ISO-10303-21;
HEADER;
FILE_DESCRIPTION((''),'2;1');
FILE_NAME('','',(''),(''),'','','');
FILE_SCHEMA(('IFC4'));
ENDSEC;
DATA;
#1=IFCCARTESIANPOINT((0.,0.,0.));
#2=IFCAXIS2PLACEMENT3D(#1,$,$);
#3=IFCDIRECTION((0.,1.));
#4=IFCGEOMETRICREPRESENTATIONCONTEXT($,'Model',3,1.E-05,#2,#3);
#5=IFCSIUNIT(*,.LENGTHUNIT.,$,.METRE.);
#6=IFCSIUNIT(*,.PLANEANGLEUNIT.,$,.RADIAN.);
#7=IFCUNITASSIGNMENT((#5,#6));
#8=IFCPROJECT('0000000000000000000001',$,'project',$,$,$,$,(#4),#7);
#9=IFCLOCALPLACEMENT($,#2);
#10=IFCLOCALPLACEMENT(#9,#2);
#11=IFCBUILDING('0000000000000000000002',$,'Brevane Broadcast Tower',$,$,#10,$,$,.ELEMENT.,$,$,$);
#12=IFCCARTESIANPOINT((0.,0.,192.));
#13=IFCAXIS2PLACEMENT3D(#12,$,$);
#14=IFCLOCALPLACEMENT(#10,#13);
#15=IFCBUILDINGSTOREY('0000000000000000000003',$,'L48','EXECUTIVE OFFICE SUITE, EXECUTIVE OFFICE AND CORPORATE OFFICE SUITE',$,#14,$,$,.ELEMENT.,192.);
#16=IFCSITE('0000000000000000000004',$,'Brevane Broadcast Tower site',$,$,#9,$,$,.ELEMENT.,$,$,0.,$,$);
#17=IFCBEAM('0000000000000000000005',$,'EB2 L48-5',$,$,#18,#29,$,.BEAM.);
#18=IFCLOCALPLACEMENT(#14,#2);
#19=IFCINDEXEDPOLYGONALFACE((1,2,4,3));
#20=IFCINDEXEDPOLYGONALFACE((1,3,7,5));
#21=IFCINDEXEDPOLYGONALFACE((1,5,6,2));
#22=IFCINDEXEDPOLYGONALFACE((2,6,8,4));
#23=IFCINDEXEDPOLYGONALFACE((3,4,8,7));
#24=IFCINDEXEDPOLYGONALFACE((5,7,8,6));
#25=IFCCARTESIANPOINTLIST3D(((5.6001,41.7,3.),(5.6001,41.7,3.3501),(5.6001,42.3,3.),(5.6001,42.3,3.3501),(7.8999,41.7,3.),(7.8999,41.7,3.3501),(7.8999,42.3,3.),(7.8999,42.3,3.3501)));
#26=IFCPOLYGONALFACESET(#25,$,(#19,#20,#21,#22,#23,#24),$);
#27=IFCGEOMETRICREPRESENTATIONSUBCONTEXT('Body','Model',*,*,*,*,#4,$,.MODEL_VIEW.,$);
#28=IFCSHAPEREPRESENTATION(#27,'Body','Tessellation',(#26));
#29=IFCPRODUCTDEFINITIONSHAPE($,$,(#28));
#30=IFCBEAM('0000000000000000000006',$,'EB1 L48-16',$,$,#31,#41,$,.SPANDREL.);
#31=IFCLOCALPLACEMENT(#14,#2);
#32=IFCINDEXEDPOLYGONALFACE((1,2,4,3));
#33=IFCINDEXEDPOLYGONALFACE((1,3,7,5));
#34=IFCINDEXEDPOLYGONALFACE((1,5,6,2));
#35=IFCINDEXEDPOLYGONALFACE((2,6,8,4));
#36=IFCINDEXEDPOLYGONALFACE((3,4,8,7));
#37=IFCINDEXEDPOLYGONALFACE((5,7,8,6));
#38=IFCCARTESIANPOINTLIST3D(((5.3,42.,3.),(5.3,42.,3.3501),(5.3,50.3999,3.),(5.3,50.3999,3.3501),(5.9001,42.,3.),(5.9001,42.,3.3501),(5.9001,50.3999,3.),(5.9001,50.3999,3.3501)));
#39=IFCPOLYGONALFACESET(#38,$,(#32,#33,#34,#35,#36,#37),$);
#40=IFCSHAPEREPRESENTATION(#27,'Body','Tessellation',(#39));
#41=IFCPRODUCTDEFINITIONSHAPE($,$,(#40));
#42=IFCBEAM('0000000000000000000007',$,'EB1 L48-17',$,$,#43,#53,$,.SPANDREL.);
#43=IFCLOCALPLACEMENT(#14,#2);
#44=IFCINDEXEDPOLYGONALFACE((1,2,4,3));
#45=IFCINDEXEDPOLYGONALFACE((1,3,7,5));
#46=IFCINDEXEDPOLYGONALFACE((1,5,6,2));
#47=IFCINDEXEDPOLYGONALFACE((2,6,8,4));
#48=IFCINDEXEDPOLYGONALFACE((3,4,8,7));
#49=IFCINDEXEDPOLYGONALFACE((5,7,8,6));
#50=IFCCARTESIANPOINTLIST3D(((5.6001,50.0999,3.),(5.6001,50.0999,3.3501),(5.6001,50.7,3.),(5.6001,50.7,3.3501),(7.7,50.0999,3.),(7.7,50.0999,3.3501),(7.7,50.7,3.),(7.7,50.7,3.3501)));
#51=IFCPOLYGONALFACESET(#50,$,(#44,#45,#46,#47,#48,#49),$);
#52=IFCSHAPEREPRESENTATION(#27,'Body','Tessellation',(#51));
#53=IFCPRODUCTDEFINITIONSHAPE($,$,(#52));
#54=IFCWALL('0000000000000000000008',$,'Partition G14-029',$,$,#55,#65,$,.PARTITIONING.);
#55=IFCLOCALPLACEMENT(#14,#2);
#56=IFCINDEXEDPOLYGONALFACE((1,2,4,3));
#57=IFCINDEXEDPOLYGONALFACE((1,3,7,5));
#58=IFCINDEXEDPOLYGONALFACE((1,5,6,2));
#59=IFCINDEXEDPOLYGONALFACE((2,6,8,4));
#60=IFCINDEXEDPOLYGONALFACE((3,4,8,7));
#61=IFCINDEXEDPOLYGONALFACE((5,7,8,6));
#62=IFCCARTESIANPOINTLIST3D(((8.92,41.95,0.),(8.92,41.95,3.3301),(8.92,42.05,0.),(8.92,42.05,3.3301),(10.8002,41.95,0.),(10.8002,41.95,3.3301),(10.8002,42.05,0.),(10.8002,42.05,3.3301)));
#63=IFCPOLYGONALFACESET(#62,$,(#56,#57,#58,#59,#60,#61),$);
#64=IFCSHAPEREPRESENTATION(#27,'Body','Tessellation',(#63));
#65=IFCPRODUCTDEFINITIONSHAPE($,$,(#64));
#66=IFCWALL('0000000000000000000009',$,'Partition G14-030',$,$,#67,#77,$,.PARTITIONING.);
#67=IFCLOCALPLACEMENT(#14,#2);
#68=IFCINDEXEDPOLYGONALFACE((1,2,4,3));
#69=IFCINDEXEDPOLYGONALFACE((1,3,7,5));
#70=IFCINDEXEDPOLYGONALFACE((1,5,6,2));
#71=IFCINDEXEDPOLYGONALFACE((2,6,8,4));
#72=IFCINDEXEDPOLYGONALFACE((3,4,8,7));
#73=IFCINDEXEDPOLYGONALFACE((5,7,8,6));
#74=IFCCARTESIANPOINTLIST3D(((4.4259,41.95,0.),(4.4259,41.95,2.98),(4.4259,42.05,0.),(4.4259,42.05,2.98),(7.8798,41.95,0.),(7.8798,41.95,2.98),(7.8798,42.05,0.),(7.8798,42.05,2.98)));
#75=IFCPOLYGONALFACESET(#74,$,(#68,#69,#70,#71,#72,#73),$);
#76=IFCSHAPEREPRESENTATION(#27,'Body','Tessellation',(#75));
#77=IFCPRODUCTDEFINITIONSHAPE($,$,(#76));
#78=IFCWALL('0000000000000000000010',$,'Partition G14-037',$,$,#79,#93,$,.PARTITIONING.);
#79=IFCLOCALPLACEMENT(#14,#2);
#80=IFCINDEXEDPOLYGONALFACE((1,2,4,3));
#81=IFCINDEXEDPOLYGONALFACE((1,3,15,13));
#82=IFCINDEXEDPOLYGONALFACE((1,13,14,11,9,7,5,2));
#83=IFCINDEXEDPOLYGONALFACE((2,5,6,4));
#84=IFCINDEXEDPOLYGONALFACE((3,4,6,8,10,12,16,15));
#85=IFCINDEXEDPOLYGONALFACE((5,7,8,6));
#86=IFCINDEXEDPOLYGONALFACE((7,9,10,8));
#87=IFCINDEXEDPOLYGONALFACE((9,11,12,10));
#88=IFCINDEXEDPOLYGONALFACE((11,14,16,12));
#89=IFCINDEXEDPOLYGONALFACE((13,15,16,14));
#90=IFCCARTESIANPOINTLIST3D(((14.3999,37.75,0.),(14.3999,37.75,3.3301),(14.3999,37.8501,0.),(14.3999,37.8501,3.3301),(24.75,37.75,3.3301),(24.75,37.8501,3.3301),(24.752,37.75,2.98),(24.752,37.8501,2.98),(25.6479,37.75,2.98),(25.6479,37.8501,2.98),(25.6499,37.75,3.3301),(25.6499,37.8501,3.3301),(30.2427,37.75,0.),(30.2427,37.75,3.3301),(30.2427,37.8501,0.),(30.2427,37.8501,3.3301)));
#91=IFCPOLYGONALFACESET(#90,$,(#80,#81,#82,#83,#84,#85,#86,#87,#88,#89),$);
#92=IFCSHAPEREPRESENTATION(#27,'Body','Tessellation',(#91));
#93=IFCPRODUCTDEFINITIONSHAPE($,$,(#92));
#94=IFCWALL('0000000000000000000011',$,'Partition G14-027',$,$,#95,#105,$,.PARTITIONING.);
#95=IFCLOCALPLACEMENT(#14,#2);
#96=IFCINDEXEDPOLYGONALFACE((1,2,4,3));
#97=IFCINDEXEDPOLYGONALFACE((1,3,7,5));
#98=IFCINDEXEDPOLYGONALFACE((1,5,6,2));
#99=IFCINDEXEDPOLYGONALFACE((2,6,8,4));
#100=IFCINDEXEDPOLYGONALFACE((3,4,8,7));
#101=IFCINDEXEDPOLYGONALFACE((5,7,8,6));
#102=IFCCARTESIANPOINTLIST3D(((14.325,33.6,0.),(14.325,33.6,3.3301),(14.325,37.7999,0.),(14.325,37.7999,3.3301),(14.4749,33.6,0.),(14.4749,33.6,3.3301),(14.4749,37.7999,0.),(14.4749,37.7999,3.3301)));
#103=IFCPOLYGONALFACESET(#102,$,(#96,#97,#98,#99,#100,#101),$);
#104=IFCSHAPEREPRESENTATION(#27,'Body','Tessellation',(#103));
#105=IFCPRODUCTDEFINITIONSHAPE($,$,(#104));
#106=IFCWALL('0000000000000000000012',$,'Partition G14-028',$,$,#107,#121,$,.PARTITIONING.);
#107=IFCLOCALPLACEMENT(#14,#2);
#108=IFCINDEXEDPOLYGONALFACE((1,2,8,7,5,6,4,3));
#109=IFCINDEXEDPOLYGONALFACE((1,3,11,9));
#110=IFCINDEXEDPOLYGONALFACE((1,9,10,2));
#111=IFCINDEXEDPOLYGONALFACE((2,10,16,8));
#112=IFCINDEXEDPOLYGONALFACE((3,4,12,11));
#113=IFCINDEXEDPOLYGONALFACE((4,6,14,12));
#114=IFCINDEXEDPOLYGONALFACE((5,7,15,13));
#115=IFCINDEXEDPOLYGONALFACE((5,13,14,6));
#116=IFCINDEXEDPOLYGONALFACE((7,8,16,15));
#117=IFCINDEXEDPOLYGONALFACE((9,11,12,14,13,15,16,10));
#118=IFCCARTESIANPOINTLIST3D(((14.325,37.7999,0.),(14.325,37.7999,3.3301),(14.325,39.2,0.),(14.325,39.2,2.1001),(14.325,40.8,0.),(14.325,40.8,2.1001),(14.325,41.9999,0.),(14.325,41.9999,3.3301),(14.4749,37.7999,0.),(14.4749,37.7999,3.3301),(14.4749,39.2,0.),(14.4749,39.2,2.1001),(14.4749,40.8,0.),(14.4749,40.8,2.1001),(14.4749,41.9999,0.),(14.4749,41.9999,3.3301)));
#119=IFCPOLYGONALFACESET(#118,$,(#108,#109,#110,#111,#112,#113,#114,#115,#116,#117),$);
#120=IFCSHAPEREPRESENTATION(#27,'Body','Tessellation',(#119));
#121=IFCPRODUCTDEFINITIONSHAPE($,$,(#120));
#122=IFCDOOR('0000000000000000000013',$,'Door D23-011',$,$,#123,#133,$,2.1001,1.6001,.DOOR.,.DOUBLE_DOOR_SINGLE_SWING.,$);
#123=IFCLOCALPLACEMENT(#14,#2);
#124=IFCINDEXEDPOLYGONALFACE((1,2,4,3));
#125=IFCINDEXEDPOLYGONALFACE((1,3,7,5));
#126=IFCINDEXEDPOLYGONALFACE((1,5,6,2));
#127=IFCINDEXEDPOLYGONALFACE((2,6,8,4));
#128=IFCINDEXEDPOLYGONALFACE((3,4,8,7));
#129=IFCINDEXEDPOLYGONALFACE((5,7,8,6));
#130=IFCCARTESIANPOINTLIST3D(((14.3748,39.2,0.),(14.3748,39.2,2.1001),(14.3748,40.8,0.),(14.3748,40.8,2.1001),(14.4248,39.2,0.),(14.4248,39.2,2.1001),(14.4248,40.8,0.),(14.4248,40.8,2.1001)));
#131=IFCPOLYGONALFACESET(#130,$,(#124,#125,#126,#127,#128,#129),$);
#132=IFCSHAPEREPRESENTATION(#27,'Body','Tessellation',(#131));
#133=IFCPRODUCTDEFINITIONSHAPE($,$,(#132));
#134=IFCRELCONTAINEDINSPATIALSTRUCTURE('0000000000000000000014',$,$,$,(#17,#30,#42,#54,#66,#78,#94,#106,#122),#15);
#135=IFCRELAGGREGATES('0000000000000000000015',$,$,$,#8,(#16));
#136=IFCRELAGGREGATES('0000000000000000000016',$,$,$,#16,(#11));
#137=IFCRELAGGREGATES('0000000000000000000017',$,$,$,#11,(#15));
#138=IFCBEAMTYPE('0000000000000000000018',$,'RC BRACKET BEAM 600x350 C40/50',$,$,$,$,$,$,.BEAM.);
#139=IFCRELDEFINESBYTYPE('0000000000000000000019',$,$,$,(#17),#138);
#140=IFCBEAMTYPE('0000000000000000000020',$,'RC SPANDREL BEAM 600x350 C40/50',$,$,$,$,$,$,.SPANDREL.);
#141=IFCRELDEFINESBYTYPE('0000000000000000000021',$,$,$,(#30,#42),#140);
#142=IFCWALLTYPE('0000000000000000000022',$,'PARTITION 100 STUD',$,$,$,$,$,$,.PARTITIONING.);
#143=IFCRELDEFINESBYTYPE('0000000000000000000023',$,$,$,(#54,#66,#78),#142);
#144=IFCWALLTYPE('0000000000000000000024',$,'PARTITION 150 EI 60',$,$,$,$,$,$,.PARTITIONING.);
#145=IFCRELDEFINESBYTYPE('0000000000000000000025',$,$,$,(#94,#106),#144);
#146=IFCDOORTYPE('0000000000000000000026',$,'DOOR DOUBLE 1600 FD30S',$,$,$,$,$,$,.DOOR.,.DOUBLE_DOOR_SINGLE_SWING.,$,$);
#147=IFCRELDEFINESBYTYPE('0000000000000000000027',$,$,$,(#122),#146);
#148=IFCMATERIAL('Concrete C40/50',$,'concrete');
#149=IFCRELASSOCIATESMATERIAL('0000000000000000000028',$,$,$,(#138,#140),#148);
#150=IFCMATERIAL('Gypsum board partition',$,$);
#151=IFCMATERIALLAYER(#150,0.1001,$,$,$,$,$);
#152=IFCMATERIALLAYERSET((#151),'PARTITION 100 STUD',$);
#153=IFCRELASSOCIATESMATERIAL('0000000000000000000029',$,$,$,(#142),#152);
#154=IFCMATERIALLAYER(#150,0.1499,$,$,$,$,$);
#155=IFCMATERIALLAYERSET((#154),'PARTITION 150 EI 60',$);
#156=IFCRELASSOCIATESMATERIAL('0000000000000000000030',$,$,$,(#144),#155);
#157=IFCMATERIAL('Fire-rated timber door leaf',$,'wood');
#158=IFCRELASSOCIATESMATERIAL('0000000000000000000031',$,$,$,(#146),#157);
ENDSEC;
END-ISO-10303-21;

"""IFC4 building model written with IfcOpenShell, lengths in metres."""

from ifc_helpers import new_model, si_unit, direction, frame, frame_2d, origin, origin_2d, place, context, subcontext, project, spatial, polyline, rectangle, outline, extrude, material, layer, layer_set, material_profile, profile_set, type_object, element, fill, save


model = new_model("IFC4")

# Units and contexts
model_context = context("Model", 3, precision=1e-05, world=origin(), true_north=direction((0.0, 1.0)))
body_context = subcontext(model_context, "Body", "Model", "MODEL_VIEW")
ifc_project = project(units=[si_unit("LENGTHUNIT", "METRE"), si_unit("PLANEANGLEUNIT", "RADIAN")], contexts=[model_context])

# Site, building, storey
site_placement = place(None, origin())
site = spatial("IfcSite", under=ifc_project, at=site_placement, Name="Brevane Broadcast Tower site", CompositionType="ELEMENT", RefElevation=0.0)
building_placement = place(site_placement, origin())
building = spatial("IfcBuilding", under=site, at=building_placement, Name="Brevane Broadcast Tower", CompositionType="ELEMENT")
storey_placement = place(building_placement, frame((0.0, 0.0, 192.0)))
storey = spatial("IfcBuildingStorey", under=building, at=storey_placement, Name="L48", Description="EXECUTIVE OFFICE SUITE, EXECUTIVE OFFICE AND CORPORATE OFFICE SUITE", CompositionType="ELEMENT", Elevation=192.0)

# Beams
ifc_material_1 = material(Name="Concrete C40/50", Category="concrete")
ifc_material_profile_1 = material_profile(ifc_material_1, rectangle(XDim=0.6001, YDim=0.3501, at=origin_2d()), Name="RC 600x350")
ifc_profile_set_1 = profile_set([ifc_material_profile_1], Name="Concrete C40/50")
beam_type_1 = type_object("IfcBeamType", Name="RC BRACKET BEAM 600x350 C40/50", PredefinedType="BEAM", material=ifc_profile_set_1)
beam_1_placement = place(storey_placement, frame((7.8999, 42.0, 3.175), z_axis=(-1.0, 0.0, 0.0), x_axis=(0.0, -1.0, 0.0)))
element("IfcBeam", 1, at=beam_1_placement, inside=storey, type_object=beam_type_1, Name="EB2 L48-5", PredefinedType="BEAM", context=body_context, shape_type="SweptSolid", body=[
    extrude(rectangle(XDim=0.6001, YDim=0.3501, at=origin_2d()), origin(), (0.0, 0.0, 1.0), 2.2998),
])
ifc_material_profile_2 = material_profile(ifc_material_1, rectangle(XDim=0.6001, YDim=0.3501, at=origin_2d()), Name="RC 600x350")
ifc_profile_set_2 = profile_set([ifc_material_profile_2], Name="Concrete C40/50")
beam_type_2 = type_object("IfcBeamType", Name="RC SPANDREL BEAM 600x350 C40/50", PredefinedType="SPANDREL", material=ifc_profile_set_2)
beam_2_placement = place(storey_placement, frame((5.6001, 42.0, 3.175), z_axis=(0.0, 1.0, 0.0), x_axis=(-1.0, 0.0, 0.0)))
element("IfcBeam", 2, at=beam_2_placement, inside=storey, type_object=beam_type_2, Name="EB1 L48-16", PredefinedType="SPANDREL", context=body_context, shape_type="SweptSolid", body=[
    extrude(rectangle(XDim=0.6001, YDim=0.3501, at=origin_2d()), origin(), (0.0, 0.0, 1.0), 8.3999),
])
beam_3_placement = place(storey_placement, frame((5.6001, 50.3999, 3.175), z_axis=(1.0, 0.0, 0.0), x_axis=(0.0, 1.0, 0.0)))
element("IfcBeam", 3, at=beam_3_placement, inside=storey, type_object=beam_type_2, Name="EB1 L48-17", PredefinedType="SPANDREL", context=body_context, shape_type="SweptSolid", body=[
    extrude(rectangle(XDim=0.6001, YDim=0.3501, at=origin_2d()), origin(), (0.0, 0.0, 1.0), 2.0999),
])

# Walls
ifc_material_2 = material(Name="Gypsum board partition")
ifc_layer_1 = layer(ifc_material_2, 0.1001)
ifc_layer_set_1 = layer_set([ifc_layer_1], Name="PARTITION 100 STUD")
wall_type_1 = type_object("IfcWallType", Name="PARTITION 100 STUD", PredefinedType="PARTITIONING", material=ifc_layer_set_1)
wall_1_placement = place(storey_placement, frame((10.8, 42.0, 0.0), z_axis=(0.0, 0.0, 1.0), x_axis=(-1.0, 0.0, 0.0)))
element("IfcWall", 4, at=wall_1_placement, inside=storey, type_object=wall_type_1, Name="Partition G14-029", PredefinedType="PARTITIONING", context=body_context, shape_type="SweptSolid", body=[
    extrude(rectangle(XDim=1.8801, YDim=0.1001, at=frame_2d((0.9399, 0.0))), origin(), (0.0, 0.0, 1.0), 3.3301),
])
wall_2_placement = place(storey_placement, frame((7.8799, 42.0, 0.0), z_axis=(0.0, 0.0, 1.0), x_axis=(-1.0, 0.0, 0.0)))
element("IfcWall", 5, at=wall_2_placement, inside=storey, type_object=wall_type_1, Name="Partition G14-030", PredefinedType="PARTITIONING", context=body_context, shape_type="SweptSolid", body=[
    extrude(rectangle(XDim=3.4539, YDim=0.1001, at=frame_2d((1.7271, 0.0))), origin(), (0.0, 0.0, 1.0), 2.98),
])
wall_3_placement = place(storey_placement, frame((14.3999, 37.8, 0.0), z_axis=(0.0, 0.0, 1.0), x_axis=(1.0, 0.0, 0.0)))
element("IfcWall", 6, at=wall_3_placement, inside=storey, type_object=wall_type_1, Name="Partition G14-037", PredefinedType="PARTITIONING", context=body_context, shape_type="SweptSolid", body=[
    extrude(outline(polyline([(0.0, 0.0), (15.8428, 0.0), (15.8428, 3.3301), (11.25, 3.3301), (11.248, 2.98), (10.3521, 2.98), (10.3501, 3.3301), (0.0, 3.3301), (0.0, 0.0)])), frame((0.0, 0.05, 0.0), z_axis=(0.0, -1.0, 0.0), x_axis=(1.0, 0.0, 0.0)), (0.0, 0.0, 1.0), 0.1001),
])

# Shared definitions
ifc_layer_2 = layer(ifc_material_2, 0.1499)
ifc_layer_set_2 = layer_set([ifc_layer_2], Name="PARTITION 150 EI 60")
wall_type_2 = type_object("IfcWallType", Name="PARTITION 150 EI 60", PredefinedType="PARTITIONING", material=ifc_layer_set_2)
ifc_material_3 = material(Name="Fire-rated timber door leaf", Category="wood")

# Wall
wall_4_placement = place(storey_placement, frame((14.3999, 37.8, 0.0), z_axis=(0.0, 0.0, 1.0), x_axis=(0.0, -1.0, 0.0)))
element("IfcWall", 7, at=wall_4_placement, inside=storey, type_object=wall_type_2, Name="Partition G14-027", PredefinedType="PARTITIONING", context=body_context, shape_type="SweptSolid", body=[
    extrude(rectangle(XDim=4.2, YDim=0.1499, at=frame_2d((2.1001, 0.0))), origin(), (0.0, 0.0, 1.0), 3.3301),
])

# Wall, opening, door
wall_5_placement = place(storey_placement, frame((14.3999, 42.0, 0.0), z_axis=(0.0, 0.0, 1.0), x_axis=(0.0, -1.0, 0.0)))
wall_5 = element("IfcWall", 8, at=wall_5_placement, inside=storey, type_object=wall_type_2, Name="Partition G14-028", PredefinedType="PARTITIONING", context=body_context, shape_type="SweptSolid", body=[
    extrude(rectangle(XDim=4.2, YDim=0.1499, at=frame_2d((2.1001, 0.0))), origin(), (0.0, 0.0, 1.0), 3.3301),
])
opening_1_placement = place(wall_5_placement, frame((1.2, 0.0, 0.0)))
opening_1 = element("IfcOpeningElement", 9, at=opening_1_placement, cuts=wall_5, PredefinedType="OPENING", context=body_context, shape_type="SweptSolid", body=[
    extrude(rectangle(XDim=1.6001, YDim=2.1001, at=frame_2d((0.8, 1.05))), frame((0.0, 0.085, 0.0), z_axis=(0.0, -1.0, 0.0), x_axis=(1.0, 0.0, 0.0)), (0.0, 0.0, 1.0), 0.1699),
])
door_type_1 = type_object("IfcDoorType", Name="DOOR DOUBLE 1600 FD30S", OperationType="DOUBLE_DOOR_SINGLE_SWING", PredefinedType="DOOR", material=ifc_material_3)
door_1_placement = place(opening_1_placement, origin())
door_1 = element("IfcDoor", 10, at=door_1_placement, inside=storey, type_object=door_type_1, Name="Door D23-011", OperationType="DOUBLE_DOOR_SINGLE_SWING", OverallHeight=2.1001, OverallWidth=1.6001, PredefinedType="DOOR", context=body_context, shape_type="SweptSolid", body=[
    extrude(rectangle(XDim=1.6001, YDim=2.1001, at=frame_2d((0.8, 1.05))), frame((0.0, 0.0249, 0.0), z_axis=(0.0, -1.0, 0.0), x_axis=(1.0, 0.0, 0.0)), (0.0, 0.0, 1.0), 0.05),
])
fill(opening_1, door_1)

save(model, "model.ifc")
